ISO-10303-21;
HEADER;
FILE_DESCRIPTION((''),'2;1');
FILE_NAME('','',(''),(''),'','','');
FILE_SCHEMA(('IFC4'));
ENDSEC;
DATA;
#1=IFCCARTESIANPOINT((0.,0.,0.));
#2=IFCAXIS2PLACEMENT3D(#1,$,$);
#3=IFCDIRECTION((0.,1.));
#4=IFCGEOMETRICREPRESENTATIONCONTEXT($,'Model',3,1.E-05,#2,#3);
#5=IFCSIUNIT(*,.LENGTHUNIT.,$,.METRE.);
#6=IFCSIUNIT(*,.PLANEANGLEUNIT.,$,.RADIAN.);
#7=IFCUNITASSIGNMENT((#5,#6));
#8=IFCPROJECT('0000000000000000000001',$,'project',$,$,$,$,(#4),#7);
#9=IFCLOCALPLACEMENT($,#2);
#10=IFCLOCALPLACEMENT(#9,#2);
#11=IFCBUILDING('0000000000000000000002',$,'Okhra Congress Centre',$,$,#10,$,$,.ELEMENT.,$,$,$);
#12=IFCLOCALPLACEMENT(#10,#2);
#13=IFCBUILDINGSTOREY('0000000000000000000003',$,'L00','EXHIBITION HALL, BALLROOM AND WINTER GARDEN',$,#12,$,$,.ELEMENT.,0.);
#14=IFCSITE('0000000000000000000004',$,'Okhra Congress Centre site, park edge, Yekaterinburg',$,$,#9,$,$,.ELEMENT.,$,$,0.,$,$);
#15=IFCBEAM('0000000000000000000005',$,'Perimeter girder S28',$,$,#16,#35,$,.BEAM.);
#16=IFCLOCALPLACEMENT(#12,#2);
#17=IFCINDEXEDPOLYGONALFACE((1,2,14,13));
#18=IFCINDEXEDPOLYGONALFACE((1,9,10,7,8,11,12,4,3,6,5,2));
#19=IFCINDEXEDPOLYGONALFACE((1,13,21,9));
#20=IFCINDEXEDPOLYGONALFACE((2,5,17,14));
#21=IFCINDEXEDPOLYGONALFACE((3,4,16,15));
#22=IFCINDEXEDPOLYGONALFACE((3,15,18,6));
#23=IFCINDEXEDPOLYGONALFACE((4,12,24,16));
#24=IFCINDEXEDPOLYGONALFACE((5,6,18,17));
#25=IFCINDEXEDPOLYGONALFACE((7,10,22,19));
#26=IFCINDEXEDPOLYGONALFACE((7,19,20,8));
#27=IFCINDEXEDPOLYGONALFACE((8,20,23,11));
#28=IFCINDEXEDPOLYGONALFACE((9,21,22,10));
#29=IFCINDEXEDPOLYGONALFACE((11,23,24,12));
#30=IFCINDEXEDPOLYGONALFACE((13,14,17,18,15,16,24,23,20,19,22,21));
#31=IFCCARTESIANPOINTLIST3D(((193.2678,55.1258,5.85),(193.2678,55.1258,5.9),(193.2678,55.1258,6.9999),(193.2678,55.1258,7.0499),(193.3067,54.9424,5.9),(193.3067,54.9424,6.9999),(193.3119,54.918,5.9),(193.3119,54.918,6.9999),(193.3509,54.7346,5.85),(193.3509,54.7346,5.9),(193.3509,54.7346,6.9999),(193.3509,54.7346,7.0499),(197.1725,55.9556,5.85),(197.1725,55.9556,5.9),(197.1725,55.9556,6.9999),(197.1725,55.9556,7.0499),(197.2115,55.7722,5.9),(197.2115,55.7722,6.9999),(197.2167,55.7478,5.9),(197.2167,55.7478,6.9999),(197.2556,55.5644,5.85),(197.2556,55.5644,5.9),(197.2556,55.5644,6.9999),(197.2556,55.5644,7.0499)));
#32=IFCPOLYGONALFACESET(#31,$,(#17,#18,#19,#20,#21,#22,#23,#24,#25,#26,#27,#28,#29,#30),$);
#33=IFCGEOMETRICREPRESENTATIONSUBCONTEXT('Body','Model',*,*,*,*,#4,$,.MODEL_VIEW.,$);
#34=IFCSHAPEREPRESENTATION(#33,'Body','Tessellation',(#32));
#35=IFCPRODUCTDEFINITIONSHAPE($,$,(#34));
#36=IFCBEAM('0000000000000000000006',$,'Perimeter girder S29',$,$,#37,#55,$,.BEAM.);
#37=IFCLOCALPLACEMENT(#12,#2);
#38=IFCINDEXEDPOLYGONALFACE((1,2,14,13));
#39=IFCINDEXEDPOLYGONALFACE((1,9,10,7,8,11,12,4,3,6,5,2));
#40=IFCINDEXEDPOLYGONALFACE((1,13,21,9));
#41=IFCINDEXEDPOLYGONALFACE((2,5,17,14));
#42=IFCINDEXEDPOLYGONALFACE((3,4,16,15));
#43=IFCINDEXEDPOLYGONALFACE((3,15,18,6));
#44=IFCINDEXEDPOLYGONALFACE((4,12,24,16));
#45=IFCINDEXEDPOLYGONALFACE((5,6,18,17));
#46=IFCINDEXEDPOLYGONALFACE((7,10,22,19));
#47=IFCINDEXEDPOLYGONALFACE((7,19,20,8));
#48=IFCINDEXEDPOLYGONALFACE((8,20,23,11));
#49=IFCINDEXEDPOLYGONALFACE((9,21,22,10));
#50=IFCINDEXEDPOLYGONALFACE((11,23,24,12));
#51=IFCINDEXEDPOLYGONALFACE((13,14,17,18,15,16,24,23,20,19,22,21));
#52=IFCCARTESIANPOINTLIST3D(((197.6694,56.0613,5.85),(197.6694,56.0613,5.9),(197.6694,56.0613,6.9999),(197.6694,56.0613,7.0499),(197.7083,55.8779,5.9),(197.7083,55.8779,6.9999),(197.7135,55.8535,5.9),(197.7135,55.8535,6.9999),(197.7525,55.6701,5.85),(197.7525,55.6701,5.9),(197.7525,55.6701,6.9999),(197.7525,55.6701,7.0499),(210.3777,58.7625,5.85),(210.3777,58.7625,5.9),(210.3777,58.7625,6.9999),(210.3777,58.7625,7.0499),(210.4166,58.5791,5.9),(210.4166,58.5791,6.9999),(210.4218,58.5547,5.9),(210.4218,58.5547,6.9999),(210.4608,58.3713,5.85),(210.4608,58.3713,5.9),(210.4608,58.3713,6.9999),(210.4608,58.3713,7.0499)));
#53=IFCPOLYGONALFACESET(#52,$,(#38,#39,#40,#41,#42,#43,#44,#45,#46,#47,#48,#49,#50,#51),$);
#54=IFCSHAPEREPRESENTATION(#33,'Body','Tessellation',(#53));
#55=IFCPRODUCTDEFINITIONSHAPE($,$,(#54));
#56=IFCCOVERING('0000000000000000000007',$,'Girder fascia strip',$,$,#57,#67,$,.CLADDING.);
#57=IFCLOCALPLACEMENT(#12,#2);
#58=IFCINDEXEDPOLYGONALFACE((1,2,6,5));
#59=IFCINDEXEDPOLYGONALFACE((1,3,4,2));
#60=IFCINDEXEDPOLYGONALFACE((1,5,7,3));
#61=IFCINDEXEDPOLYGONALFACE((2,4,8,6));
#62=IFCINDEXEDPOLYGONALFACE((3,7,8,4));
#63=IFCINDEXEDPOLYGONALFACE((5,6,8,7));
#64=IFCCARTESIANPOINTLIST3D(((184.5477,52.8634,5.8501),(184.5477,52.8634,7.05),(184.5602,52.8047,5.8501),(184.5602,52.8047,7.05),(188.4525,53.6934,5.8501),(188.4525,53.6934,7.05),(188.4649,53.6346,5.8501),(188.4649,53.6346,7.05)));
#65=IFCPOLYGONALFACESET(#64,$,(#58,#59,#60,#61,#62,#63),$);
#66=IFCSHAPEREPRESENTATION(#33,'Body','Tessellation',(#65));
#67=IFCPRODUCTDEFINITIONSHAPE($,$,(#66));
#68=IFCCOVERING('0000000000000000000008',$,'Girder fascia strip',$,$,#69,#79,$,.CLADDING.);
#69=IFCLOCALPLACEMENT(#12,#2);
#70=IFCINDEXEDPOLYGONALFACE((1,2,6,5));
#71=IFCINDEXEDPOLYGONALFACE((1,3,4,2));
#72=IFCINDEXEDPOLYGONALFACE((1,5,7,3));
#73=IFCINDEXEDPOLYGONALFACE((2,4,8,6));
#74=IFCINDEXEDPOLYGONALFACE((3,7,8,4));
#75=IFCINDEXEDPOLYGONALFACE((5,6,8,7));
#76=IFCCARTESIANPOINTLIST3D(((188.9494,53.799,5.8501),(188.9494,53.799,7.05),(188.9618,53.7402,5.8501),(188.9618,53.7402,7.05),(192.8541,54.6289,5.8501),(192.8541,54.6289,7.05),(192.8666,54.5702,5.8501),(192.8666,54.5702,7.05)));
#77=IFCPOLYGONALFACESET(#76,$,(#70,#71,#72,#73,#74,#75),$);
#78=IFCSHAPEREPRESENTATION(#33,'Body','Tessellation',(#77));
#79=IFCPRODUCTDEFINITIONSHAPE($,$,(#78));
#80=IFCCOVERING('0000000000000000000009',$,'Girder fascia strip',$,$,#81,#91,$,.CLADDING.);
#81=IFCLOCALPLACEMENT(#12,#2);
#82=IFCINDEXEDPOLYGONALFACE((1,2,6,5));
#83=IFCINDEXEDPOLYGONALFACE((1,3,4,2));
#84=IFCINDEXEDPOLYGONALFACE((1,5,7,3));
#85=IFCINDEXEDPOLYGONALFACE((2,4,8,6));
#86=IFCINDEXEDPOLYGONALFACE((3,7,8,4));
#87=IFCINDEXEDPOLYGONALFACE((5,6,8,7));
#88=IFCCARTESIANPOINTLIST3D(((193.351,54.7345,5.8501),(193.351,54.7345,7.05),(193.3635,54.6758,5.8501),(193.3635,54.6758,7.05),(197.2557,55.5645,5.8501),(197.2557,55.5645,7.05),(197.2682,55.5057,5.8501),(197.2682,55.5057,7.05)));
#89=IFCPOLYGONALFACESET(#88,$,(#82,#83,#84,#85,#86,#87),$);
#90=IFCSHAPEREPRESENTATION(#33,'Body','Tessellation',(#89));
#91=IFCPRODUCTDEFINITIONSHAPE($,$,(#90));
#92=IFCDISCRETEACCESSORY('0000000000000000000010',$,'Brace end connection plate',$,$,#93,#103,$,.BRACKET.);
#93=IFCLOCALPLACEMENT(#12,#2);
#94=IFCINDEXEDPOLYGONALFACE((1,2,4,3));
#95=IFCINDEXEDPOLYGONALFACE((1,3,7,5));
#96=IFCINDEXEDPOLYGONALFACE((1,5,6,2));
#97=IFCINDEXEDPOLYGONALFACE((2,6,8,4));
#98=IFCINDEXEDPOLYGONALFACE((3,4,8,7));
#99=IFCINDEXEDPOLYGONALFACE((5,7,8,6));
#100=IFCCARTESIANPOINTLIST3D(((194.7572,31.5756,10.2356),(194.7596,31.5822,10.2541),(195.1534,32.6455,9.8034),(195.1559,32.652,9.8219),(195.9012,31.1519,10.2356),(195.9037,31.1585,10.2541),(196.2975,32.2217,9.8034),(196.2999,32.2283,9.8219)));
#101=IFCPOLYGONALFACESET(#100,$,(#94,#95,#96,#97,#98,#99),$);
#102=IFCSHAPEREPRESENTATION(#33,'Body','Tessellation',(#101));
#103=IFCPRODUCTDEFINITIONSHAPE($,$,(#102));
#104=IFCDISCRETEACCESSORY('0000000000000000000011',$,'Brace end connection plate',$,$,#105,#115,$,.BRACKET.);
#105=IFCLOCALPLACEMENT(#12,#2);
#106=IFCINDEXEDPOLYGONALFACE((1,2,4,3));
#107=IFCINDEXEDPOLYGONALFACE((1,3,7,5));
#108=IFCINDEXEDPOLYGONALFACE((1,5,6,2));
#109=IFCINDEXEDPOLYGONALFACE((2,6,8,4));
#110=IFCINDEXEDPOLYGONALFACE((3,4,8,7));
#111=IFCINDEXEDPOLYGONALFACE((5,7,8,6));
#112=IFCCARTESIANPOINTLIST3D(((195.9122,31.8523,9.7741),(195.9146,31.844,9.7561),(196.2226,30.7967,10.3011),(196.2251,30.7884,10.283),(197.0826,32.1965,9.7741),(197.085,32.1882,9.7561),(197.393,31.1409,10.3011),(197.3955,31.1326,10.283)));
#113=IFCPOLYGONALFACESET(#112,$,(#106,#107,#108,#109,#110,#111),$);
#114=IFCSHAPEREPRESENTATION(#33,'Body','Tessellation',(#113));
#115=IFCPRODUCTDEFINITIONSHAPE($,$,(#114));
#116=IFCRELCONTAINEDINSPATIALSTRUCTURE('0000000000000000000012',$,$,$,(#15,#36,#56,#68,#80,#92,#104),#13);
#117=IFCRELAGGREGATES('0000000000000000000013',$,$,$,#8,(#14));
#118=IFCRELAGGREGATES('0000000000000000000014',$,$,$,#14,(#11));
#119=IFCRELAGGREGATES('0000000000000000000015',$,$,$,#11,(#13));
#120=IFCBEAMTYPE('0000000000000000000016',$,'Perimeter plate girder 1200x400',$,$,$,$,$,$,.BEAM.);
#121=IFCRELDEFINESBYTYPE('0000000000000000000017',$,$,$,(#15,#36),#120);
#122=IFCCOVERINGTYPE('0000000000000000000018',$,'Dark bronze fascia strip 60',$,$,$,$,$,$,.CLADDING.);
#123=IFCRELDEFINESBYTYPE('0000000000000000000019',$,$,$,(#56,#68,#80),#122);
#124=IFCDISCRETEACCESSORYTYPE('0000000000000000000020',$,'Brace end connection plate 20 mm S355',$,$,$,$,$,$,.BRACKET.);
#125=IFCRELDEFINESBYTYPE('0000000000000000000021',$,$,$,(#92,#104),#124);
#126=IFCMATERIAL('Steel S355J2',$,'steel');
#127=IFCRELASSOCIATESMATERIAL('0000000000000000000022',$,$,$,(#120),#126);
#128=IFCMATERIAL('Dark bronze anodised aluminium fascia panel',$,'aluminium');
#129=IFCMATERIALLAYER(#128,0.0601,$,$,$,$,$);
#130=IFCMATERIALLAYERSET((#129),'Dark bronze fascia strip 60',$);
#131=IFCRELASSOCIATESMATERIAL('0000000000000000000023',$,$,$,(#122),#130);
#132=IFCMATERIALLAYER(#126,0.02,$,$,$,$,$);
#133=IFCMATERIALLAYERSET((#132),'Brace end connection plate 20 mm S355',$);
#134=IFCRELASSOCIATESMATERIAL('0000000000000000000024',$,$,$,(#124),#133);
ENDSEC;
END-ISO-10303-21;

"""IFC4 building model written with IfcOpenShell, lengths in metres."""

from ifc_helpers import new_model, si_unit, direction, frame, origin, origin_2d, place, context, subcontext, project, spatial, rectangle, i_section, extrude, material, layer, layer_set, material_profile, profile_set, type_object, element, save


model = new_model("IFC4")

# Units and contexts
model_context = context("Model", 3, precision=1e-05, world=origin(), true_north=direction((0.0, 1.0)))
body_context = subcontext(model_context, "Body", "Model", "MODEL_VIEW")
ifc_project = project(units=[si_unit("LENGTHUNIT", "METRE"), si_unit("PLANEANGLEUNIT", "RADIAN")], contexts=[model_context])

# Site, building, storey
site_placement = place(None, origin())
site = spatial("IfcSite", under=ifc_project, at=site_placement, Name="Okhra Congress Centre site, park edge, Yekaterinburg", CompositionType="ELEMENT", RefElevation=0.0)
building_placement = place(site_placement, origin())
building = spatial("IfcBuilding", under=site, at=building_placement, Name="Okhra Congress Centre", CompositionType="ELEMENT")
storey_placement = place(building_placement, origin())
storey = spatial("IfcBuildingStorey", under=building, at=storey_placement, Name="L00", Description="EXHIBITION HALL, BALLROOM AND WINTER GARDEN", CompositionType="ELEMENT", Elevation=0.0)

# Beams
ifc_material_1 = material(Name="Steel S355J2", Category="steel")
ifc_material_profile_1 = material_profile(ifc_material_1, i_section(OverallWidth=0.3999, OverallDepth=1.2, WebThickness=0.0249, FlangeThickness=0.05, at=origin_2d()), Name="Plate girder 1200x400")
ifc_profile_set_1 = profile_set([ifc_material_profile_1], Name="Steel S355J2")
beam_type_1 = type_object("IfcBeamType", Name="Perimeter plate girder 1200x400", PredefinedType="BEAM", material=ifc_profile_set_1)
for number, where, z_axis, x_axis, name in (
    (1, (193.3093, 54.9302, 6.45), (0.978155, 0.207875, 0.0), (-0.207875, 0.978155, 0.0), "Perimeter girder S28"),
):
    element("IfcBeam", number, at=place(storey_placement, frame(where, z_axis=z_axis, x_axis=x_axis)), inside=storey, type_object=beam_type_1, Name=name, PredefinedType="BEAM", context=body_context, shape_type="SweptSolid", body=[
        extrude(i_section(OverallWidth=0.3999, OverallDepth=1.2, WebThickness=0.0249, FlangeThickness=0.05, at=origin_2d()), origin(), (0.0, 0.0, 1.0), 3.9919),
    ])
beam_placement = place(storey_placement, frame((197.7109, 55.8657, 6.45), z_axis=(0.978148, 0.207908, 0.0), x_axis=(-0.207908, 0.978148, 0.0)))
element("IfcBeam", 2, at=beam_placement, inside=storey, type_object=beam_type_1, Name="Perimeter girder S29", PredefinedType="BEAM", context=body_context, shape_type="SweptSolid", body=[
    extrude(i_section(OverallWidth=0.3999, OverallDepth=1.2, WebThickness=0.0249, FlangeThickness=0.05, at=origin_2d()), origin(), (0.0, 0.0, 1.0), 12.9922),
])

# Coverings
ifc_material_2 = material(Name="Dark bronze anodised aluminium fascia panel", Category="aluminium")
ifc_layer_1 = layer(ifc_material_2, 0.0601)
ifc_layer_set_1 = layer_set([ifc_layer_1], Name="Dark bronze fascia strip 60")
covering_type = type_object("IfcCoveringType", Name="Dark bronze fascia strip 60", PredefinedType="CLADDING", material=ifc_layer_set_1)
for number, where, z_axis, x_axis, name in (
    (3, (186.5063, 53.249, 5.8501), (0.0, 0.0, 1.0), (0.978148, 0.207912, 0.0), "Girder fascia strip"),
    (4, (190.908, 54.1846, 5.8501), (0.0, 0.0, 1.0), (0.978148, 0.207912, 0.0), "Girder fascia strip"),
    (5, (195.3096, 55.1201, 5.8501), (0.0, 0.0, 1.0), (0.978148, 0.207912, 0.0), "Girder fascia strip"),
):
    element("IfcCovering", number, at=place(storey_placement, frame(where, z_axis=z_axis, x_axis=x_axis)), inside=storey, type_object=covering_type, Name=name, PredefinedType="CLADDING", context=body_context, shape_type="SweptSolid", body=[
        extrude(rectangle(XDim=3.9919, YDim=0.0601, at=origin_2d()), origin(), (0.0, 0.0, 1.0), 1.2),
    ])

# Discrete accessories
ifc_layer_2 = layer(ifc_material_1, 0.02)
ifc_layer_set_2 = layer_set([ifc_layer_2], Name="Brace end connection plate 20 mm S355")
discrete_accessory_type = type_object("IfcDiscreteAccessoryType", Name="Brace end connection plate 20 mm S355", PredefinedType="BRACKET", material=ifc_layer_set_2)
discrete_accessory_1_placement = place(storey_placement, frame((195.5273, 31.8987, 10.0195), z_axis=(0.123045, 0.332221, 0.935141), x_axis=(-0.937749, 0.347314, 0.0)))
element("IfcDiscreteAccessory", 6, at=discrete_accessory_1_placement, inside=storey, type_object=discrete_accessory_type, Name="Brace end connection plate", PredefinedType="BRACKET", context=body_context, shape_type="SweptSolid", body=[
    extrude(rectangle(XDim=1.22, YDim=1.22, at=origin_2d()), origin(), (0.0, 0.0, 1.0), 0.0198),
])
discrete_accessory_2_placement = place(storey_placement, frame((196.655, 31.4883, 10.0195), z_axis=(-0.121879, 0.414388, 0.901903), x_axis=(-0.959366, -0.282166, 0.0)))
element("IfcDiscreteAccessory", 7, at=discrete_accessory_2_placement, inside=storey, type_object=discrete_accessory_type, Name="Brace end connection plate", PredefinedType="BRACKET", context=body_context, shape_type="SweptSolid", body=[
    extrude(rectangle(XDim=1.22, YDim=1.22, at=origin_2d()), origin(), (0.0, 0.0, 1.0), 0.02),
])

save(model, "model.ifc")
